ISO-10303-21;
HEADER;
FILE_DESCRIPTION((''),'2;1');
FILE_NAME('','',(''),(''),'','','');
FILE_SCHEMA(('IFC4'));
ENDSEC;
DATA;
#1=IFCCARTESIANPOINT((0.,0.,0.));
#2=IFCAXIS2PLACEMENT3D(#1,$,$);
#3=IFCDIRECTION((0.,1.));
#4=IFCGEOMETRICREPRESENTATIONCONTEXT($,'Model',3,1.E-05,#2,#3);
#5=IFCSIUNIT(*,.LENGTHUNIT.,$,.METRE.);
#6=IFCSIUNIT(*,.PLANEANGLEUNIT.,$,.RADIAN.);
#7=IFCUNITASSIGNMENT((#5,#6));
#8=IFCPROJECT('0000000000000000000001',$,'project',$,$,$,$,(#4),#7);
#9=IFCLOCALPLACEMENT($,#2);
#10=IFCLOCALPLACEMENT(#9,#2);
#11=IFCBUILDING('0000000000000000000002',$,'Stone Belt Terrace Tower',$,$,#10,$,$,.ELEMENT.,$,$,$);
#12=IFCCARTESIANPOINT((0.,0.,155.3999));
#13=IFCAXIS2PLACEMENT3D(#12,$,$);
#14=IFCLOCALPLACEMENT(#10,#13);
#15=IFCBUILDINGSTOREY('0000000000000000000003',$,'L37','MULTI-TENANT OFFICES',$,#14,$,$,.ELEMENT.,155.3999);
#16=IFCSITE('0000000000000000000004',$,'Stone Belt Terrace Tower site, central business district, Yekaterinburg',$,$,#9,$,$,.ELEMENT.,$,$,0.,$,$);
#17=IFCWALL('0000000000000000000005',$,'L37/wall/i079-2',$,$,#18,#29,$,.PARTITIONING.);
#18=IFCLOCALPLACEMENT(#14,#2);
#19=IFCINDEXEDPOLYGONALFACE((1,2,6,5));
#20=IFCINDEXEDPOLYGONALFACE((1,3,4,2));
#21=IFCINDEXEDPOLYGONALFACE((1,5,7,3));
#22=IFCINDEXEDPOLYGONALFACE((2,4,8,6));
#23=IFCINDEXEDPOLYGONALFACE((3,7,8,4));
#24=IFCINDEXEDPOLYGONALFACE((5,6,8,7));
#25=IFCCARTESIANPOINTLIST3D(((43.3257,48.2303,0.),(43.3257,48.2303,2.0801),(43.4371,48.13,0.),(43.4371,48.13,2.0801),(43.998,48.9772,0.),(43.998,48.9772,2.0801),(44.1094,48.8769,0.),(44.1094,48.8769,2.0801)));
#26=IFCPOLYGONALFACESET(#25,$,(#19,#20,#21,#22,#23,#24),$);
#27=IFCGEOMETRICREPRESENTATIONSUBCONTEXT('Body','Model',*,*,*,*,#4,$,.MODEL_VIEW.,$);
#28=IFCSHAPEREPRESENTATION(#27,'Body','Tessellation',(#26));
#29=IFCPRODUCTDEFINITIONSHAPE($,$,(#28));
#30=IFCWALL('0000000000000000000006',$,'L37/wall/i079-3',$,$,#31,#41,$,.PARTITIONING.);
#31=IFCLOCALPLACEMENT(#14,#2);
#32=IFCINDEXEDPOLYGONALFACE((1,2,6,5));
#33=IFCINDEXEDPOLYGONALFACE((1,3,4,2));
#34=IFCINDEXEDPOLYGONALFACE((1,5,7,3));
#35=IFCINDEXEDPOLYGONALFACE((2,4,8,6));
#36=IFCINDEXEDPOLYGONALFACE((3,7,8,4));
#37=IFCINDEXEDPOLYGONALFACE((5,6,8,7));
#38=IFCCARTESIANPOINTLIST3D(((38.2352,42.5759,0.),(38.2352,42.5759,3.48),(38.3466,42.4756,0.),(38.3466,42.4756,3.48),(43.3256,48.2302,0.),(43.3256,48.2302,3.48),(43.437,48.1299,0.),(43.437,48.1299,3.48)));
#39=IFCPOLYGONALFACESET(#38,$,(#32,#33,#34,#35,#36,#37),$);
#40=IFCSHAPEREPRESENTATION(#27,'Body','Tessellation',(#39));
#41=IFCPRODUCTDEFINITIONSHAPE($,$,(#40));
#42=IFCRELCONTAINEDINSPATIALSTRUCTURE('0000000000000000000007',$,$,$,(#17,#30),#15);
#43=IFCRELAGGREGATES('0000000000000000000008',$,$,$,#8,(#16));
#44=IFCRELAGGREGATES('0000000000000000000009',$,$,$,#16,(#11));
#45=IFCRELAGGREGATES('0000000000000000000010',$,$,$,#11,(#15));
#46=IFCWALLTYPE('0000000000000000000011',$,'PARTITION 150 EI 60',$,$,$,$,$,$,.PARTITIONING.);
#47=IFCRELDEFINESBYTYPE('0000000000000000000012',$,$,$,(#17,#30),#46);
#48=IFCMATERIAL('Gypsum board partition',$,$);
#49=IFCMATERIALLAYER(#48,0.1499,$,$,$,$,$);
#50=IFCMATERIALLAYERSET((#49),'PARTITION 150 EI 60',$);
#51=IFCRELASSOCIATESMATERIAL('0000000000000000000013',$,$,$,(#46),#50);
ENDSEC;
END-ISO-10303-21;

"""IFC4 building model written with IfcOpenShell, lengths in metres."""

from ifc_helpers import new_model, si_unit, direction, frame, frame_2d, origin, place, context, subcontext, project, spatial, rectangle, extrude, material, layer, layer_set, type_object, element, save


model = new_model("IFC4")

# Units and contexts
model_context = context("Model", 3, precision=1e-05, world=origin(), true_north=direction((0.0, 1.0)))
body_context = subcontext(model_context, "Body", "Model", "MODEL_VIEW")
ifc_project = project(units=[si_unit("LENGTHUNIT", "METRE"), si_unit("PLANEANGLEUNIT", "RADIAN")], contexts=[model_context])

# Site, building, storey
site_placement = place(None, origin())
site = spatial("IfcSite", under=ifc_project, at=site_placement, Name="Stone Belt Terrace Tower site, central business district, Yekaterinburg", CompositionType="ELEMENT", RefElevation=0.0)
building_placement = place(site_placement, origin())
building = spatial("IfcBuilding", under=site, at=building_placement, Name="Stone Belt Terrace Tower", CompositionType="ELEMENT")
storey_placement = place(building_placement, frame((0.0, 0.0, 155.3999)))
storey = spatial("IfcBuildingStorey", under=building, at=storey_placement, Name="L37", Description="MULTI-TENANT OFFICES", CompositionType="ELEMENT", Elevation=155.3999)

# Shared definitions
ifc_material_1 = material(Name="Gypsum board partition")

# Shared definitions
ifc_layer_1 = layer(ifc_material_1, 0.1499)
ifc_layer_set_1 = layer_set([ifc_layer_1], Name="PARTITION 150 EI 60")
wall_type_1 = type_object("IfcWallType", Name="PARTITION 150 EI 60", PredefinedType="PARTITIONING", material=ifc_layer_set_1)

# Walls
wall_1_placement = place(storey_placement, frame((44.0537, 48.927, 0.0), z_axis=(0.0, 0.0, 1.0), x_axis=(-0.669086, -0.743185, 0.0)))
element("IfcWall", 1, at=wall_1_placement, inside=storey, type_object=wall_type_1, Name="L37/wall/i079-2", PredefinedType="PARTITIONING", context=body_context, shape_type="SweptSolid", body=[
    extrude(rectangle(XDim=1.0049, YDim=0.1499, at=frame_2d((0.5024, 0.0))), origin(), (0.0, 0.0, 1.0), 2.0801),
])
wall_2_placement = place(storey_placement, frame((43.3813, 48.1802, 0.0), z_axis=(0.0, 0.0, 1.0), x_axis=(-0.669071, -0.743198, 0.0)))
element("IfcWall", 2, at=wall_2_placement, inside=storey, type_object=wall_type_1, Name="L37/wall/i079-3", PredefinedType="PARTITIONING", context=body_context, shape_type="SweptSolid", body=[
    extrude(rectangle(XDim=7.6082, YDim=0.1499, at=frame_2d((3.8042, 0.0))), origin(), (0.0, 0.0, 1.0), 3.48),
])

save(model, "model.ifc")
